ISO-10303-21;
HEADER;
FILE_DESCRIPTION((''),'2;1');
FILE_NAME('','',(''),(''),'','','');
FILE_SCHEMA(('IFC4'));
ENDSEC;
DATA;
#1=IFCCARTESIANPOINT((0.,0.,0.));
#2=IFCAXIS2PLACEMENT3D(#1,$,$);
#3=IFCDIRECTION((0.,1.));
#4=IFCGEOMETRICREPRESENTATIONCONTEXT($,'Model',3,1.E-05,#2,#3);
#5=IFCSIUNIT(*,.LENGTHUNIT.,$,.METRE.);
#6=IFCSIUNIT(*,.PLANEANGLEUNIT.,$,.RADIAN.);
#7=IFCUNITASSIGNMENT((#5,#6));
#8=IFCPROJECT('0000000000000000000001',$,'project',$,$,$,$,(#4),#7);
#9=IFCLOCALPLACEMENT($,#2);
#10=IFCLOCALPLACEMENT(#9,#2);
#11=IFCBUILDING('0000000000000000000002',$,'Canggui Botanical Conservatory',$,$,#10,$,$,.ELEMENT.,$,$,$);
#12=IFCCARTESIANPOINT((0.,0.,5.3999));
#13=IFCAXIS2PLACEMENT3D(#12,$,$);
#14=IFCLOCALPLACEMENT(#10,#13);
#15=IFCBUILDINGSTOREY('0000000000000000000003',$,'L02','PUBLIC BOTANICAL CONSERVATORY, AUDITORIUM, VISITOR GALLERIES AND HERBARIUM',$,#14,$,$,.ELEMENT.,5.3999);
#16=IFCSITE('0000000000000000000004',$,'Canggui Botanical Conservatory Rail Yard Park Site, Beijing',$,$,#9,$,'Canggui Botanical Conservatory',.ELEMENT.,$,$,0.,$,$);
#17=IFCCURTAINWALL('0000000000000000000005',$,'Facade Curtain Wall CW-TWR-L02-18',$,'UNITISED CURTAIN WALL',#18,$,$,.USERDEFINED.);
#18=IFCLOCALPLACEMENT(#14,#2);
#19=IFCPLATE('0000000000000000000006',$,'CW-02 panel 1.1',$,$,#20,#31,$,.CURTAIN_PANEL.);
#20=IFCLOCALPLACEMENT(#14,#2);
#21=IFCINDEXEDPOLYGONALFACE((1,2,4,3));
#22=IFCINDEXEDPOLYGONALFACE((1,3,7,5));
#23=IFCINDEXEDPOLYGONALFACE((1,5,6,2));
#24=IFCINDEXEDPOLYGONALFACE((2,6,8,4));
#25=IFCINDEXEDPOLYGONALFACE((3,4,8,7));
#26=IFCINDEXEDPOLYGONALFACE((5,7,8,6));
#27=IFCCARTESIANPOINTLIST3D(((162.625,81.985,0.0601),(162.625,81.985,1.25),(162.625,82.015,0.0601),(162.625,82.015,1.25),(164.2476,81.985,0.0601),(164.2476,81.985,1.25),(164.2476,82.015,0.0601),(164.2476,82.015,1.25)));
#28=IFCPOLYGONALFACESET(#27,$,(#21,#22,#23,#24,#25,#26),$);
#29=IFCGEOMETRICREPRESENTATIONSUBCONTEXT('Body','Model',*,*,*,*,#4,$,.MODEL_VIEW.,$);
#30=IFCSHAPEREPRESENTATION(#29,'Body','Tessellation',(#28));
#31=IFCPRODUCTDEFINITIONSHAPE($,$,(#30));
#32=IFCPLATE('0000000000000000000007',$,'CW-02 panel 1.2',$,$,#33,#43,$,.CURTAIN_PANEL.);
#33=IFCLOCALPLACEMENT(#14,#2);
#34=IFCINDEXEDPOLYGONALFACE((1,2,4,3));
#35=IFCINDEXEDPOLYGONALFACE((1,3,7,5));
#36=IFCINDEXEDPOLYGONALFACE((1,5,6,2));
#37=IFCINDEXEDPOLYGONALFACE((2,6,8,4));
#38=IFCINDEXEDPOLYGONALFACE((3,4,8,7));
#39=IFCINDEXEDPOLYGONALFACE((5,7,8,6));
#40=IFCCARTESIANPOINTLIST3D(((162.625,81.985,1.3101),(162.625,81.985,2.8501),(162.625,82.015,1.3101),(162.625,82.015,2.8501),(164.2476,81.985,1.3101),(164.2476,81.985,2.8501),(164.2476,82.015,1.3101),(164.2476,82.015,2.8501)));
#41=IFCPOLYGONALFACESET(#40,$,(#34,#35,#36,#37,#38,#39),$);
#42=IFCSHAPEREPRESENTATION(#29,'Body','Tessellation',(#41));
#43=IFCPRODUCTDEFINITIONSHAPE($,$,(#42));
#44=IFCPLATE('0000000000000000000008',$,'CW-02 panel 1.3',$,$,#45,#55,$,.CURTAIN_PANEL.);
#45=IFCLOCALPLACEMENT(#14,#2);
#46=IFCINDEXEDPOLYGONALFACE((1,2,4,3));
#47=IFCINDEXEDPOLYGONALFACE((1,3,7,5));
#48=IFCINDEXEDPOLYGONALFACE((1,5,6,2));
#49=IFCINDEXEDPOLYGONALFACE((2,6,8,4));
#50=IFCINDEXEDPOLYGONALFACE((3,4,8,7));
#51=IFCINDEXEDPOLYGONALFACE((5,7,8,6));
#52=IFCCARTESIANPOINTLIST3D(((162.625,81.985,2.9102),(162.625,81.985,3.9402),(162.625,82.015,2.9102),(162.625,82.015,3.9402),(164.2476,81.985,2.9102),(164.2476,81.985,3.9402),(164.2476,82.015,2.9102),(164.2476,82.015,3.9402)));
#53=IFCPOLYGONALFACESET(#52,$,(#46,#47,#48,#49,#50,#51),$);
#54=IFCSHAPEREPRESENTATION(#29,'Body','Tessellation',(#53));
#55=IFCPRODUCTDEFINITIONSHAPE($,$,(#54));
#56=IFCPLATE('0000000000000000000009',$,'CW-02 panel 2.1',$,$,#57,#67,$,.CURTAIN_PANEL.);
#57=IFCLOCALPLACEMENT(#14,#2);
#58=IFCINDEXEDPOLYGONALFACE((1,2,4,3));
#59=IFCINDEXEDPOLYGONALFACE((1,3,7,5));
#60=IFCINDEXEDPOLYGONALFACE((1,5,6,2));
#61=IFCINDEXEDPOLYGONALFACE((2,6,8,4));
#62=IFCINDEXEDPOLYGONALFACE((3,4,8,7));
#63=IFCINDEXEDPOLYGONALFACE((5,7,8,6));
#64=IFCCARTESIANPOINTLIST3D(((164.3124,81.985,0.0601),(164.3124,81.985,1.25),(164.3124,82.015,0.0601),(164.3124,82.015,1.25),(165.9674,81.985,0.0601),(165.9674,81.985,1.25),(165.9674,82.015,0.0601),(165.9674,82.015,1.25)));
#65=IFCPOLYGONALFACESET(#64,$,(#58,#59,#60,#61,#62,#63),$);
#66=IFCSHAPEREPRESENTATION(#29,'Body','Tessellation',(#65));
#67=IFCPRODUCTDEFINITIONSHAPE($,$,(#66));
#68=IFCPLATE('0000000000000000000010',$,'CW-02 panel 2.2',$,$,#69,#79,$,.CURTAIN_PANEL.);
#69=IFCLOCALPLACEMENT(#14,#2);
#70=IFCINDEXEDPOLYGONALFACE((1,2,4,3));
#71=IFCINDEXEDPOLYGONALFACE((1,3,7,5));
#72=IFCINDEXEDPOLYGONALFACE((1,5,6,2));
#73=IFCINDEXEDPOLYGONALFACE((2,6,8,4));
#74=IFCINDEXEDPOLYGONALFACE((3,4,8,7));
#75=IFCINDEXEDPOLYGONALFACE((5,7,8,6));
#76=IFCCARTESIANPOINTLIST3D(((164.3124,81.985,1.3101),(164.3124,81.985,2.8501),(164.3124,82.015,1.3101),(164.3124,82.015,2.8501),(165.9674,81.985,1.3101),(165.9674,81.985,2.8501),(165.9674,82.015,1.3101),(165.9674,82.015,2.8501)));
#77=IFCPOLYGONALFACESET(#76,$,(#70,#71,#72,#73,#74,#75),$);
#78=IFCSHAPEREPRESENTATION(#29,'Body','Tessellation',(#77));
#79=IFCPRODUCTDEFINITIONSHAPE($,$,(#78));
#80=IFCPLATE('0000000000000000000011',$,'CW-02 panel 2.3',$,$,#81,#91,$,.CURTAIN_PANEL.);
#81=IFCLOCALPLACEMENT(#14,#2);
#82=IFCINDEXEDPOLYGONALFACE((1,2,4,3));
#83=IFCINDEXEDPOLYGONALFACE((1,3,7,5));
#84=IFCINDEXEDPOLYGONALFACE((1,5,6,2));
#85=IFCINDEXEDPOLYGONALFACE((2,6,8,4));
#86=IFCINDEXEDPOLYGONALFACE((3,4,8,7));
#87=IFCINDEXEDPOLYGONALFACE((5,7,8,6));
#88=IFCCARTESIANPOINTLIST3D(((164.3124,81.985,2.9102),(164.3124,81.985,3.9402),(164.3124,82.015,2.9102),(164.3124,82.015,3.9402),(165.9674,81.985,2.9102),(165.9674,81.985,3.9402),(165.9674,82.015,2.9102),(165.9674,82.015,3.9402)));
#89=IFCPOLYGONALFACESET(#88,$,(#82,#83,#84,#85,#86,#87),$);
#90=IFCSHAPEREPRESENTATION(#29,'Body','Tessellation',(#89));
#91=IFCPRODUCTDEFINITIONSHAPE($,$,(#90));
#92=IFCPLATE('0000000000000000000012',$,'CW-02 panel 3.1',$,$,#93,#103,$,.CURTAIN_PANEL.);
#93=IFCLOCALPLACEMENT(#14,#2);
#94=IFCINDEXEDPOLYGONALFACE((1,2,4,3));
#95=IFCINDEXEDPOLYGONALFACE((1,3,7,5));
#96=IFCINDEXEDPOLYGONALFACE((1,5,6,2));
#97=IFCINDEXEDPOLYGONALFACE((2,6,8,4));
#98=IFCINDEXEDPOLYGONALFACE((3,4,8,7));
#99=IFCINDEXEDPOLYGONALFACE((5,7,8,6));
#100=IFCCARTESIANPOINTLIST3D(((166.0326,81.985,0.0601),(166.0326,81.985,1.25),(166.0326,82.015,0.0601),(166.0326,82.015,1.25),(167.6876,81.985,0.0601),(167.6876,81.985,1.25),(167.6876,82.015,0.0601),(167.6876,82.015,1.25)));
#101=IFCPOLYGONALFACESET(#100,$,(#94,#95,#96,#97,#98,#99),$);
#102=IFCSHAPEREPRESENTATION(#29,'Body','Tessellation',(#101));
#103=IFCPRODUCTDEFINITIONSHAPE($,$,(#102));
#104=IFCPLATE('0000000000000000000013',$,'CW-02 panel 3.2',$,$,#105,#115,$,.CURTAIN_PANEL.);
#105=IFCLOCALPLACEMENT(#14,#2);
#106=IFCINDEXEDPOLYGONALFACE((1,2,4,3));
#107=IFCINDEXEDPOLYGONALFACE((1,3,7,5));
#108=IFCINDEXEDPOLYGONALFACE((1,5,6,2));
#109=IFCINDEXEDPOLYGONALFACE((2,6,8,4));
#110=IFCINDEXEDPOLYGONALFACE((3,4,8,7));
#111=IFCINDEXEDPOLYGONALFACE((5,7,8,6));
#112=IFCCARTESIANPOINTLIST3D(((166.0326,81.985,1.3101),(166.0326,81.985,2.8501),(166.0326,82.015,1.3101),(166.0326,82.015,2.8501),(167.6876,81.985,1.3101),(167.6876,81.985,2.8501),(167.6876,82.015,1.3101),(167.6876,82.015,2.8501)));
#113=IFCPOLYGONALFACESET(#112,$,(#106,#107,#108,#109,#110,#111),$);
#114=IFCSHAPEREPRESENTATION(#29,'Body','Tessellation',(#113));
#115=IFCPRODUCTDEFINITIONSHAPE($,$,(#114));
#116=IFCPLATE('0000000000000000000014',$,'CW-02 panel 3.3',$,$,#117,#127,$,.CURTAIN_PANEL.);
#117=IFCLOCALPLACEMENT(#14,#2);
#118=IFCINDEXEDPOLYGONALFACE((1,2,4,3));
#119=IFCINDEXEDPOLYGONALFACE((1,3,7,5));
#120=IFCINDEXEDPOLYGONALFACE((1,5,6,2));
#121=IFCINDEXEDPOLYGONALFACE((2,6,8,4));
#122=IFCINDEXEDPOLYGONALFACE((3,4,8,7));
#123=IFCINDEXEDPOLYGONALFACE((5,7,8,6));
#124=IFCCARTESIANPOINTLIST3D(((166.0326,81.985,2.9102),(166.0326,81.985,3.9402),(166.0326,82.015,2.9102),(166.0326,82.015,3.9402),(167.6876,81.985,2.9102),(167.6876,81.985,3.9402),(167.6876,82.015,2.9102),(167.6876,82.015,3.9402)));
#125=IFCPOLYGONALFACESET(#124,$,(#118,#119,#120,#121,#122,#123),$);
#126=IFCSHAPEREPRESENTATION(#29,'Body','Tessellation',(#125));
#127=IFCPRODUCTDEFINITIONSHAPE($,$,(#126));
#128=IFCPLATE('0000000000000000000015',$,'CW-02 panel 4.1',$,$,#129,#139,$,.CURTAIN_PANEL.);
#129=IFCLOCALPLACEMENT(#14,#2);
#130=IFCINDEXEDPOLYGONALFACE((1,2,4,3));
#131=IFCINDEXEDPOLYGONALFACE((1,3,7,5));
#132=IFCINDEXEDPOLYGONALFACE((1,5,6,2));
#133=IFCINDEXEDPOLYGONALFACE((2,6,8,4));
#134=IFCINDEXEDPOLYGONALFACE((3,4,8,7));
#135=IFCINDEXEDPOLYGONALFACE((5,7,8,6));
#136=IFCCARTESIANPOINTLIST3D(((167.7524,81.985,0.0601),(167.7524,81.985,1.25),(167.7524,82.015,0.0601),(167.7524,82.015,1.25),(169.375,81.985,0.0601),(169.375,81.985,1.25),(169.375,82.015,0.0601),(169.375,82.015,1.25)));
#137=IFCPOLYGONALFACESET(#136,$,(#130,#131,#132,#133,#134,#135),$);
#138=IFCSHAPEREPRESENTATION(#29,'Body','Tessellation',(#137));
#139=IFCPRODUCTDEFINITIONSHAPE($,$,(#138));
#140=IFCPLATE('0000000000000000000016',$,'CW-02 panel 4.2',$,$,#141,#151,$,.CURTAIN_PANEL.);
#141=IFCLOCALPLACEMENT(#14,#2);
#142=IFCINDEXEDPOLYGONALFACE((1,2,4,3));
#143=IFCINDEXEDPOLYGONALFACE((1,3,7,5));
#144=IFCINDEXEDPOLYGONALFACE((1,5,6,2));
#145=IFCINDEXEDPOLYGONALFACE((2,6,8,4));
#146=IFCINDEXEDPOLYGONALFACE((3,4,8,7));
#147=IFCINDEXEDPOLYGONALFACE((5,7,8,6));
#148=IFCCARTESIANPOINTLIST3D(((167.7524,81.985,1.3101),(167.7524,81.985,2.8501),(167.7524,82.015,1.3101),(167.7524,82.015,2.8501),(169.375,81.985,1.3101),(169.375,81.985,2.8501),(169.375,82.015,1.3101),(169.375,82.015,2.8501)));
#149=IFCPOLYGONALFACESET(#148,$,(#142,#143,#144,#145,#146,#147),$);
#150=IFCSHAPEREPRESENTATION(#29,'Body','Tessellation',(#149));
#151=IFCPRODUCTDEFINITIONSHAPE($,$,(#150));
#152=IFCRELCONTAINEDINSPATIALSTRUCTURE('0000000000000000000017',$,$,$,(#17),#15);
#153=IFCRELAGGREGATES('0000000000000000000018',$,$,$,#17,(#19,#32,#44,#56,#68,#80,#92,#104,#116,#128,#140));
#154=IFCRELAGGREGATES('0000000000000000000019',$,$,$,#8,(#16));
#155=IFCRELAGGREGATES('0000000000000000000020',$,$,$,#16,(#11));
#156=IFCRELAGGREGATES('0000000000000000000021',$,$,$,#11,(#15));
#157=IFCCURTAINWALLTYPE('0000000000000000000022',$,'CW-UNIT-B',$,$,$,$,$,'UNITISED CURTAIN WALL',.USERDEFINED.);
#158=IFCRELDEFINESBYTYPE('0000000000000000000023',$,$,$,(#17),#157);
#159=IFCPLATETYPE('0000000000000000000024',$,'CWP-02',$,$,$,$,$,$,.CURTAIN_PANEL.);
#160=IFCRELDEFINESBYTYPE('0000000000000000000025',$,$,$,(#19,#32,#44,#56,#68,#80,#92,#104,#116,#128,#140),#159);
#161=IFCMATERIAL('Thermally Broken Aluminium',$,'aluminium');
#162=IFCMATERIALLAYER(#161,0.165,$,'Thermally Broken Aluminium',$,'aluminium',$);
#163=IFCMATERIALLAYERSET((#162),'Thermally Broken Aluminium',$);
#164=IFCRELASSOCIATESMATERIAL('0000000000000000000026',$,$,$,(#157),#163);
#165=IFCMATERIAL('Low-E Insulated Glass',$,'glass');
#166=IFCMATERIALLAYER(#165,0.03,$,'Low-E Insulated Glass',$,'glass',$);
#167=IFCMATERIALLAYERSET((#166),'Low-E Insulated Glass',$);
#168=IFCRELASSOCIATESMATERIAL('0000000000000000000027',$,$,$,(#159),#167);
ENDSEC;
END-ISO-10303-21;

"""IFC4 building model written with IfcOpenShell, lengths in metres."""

from ifc_helpers import new_model, si_unit, direction, frame, origin, origin_2d, place, context, subcontext, project, spatial, rectangle, extrude, material, layer, layer_set, type_object, element, aggregate, save


model = new_model("IFC4")

# Units and contexts
model_context = context("Model", 3, precision=1e-05, world=origin(), true_north=direction((0.0, 1.0)))
body_context = subcontext(model_context, "Body", "Model", "MODEL_VIEW")
ifc_project = project(units=[si_unit("LENGTHUNIT", "METRE"), si_unit("PLANEANGLEUNIT", "RADIAN")], contexts=[model_context])

# Site, building, storey
site_placement = place(None, origin())
site = spatial("IfcSite", under=ifc_project, at=site_placement, Name="Canggui Botanical Conservatory Rail Yard Park Site, Beijing", LongName="Canggui Botanical Conservatory", CompositionType="ELEMENT", RefElevation=0.0)
building_placement = place(site_placement, origin())
building = spatial("IfcBuilding", under=site, at=building_placement, Name="Canggui Botanical Conservatory", CompositionType="ELEMENT")
storey_placement = place(building_placement, frame((0.0, 0.0, 5.3999)))
storey = spatial("IfcBuildingStorey", under=building, at=storey_placement, Name="L02", Description="PUBLIC BOTANICAL CONSERVATORY, AUDITORIUM, VISITOR GALLERIES AND HERBARIUM", CompositionType="ELEMENT", Elevation=5.3999)

# Curtain wall, plates
ifc_material_1 = material(Name="Thermally Broken Aluminium", Category="aluminium")
ifc_layer_1 = layer(ifc_material_1, 0.165, Name="Thermally Broken Aluminium", Category="aluminium")
ifc_layer_set_1 = layer_set([ifc_layer_1], Name="Thermally Broken Aluminium")
curtain_wall_type = type_object("IfcCurtainWallType", Name="CW-UNIT-B", ElementType="UNITISED CURTAIN WALL", PredefinedType="USERDEFINED", material=ifc_layer_set_1)
curtain_wall_placement = place(storey_placement, origin())
curtain_wall = element("IfcCurtainWall", 1, at=curtain_wall_placement, inside=storey, type_object=curtain_wall_type, Name="Facade Curtain Wall CW-TWR-L02-18", ObjectType="UNITISED CURTAIN WALL", PredefinedType="USERDEFINED")
ifc_material_2 = material(Name="Low-E Insulated Glass", Category="glass")
ifc_layer_2 = layer(ifc_material_2, 0.03, Name="Low-E Insulated Glass", Category="glass")
ifc_layer_set_2 = layer_set([ifc_layer_2], Name="Low-E Insulated Glass")
plate_type = type_object("IfcPlateType", Name="CWP-02", PredefinedType="CURTAIN_PANEL", material=ifc_layer_set_2)
plate_1_placement = place(storey_placement, frame((163.4363, 82.0, 0.0601), z_axis=(0.0, 0.0, 1.0), x_axis=(1.0, 0.0, 0.0)))
plate_1 = element("IfcPlate", 2, at=plate_1_placement, type_object=plate_type, Name="CW-02 panel 1.1", PredefinedType="CURTAIN_PANEL", context=body_context, shape_type="SweptSolid", body=[
    extrude(rectangle(XDim=1.6226, YDim=0.03, at=origin_2d()), origin(), (0.0, 0.0, 1.0), 1.1899),
])
plate_2_placement = place(storey_placement, frame((163.4363, 82.0, 1.3101), z_axis=(0.0, 0.0, 1.0), x_axis=(1.0, 0.0, 0.0)))
plate_2 = element("IfcPlate", 3, at=plate_2_placement, type_object=plate_type, Name="CW-02 panel 1.2", PredefinedType="CURTAIN_PANEL", context=body_context, shape_type="SweptSolid", body=[
    extrude(rectangle(XDim=1.6226, YDim=0.03, at=origin_2d()), origin(), (0.0, 0.0, 1.0), 1.54),
])
plate_3_placement = place(storey_placement, frame((163.4363, 82.0, 2.9102), z_axis=(0.0, 0.0, 1.0), x_axis=(1.0, 0.0, 0.0)))
plate_3 = element("IfcPlate", 4, at=plate_3_placement, type_object=plate_type, Name="CW-02 panel 1.3", PredefinedType="CURTAIN_PANEL", context=body_context, shape_type="SweptSolid", body=[
    extrude(rectangle(XDim=1.6226, YDim=0.03, at=origin_2d()), origin(), (0.0, 0.0, 1.0), 1.03),
])
plate_4_placement = place(storey_placement, frame((165.1399, 82.0, 0.0601), z_axis=(0.0, 0.0, 1.0), x_axis=(1.0, 0.0, 0.0)))
plate_4 = element("IfcPlate", 5, at=plate_4_placement, type_object=plate_type, Name="CW-02 panel 2.1", PredefinedType="CURTAIN_PANEL", context=body_context, shape_type="SweptSolid", body=[
    extrude(rectangle(XDim=1.655, YDim=0.03, at=origin_2d()), origin(), (0.0, 0.0, 1.0), 1.1899),
])
plate_5_placement = place(storey_placement, frame((165.1399, 82.0, 1.3101), z_axis=(0.0, 0.0, 1.0), x_axis=(1.0, 0.0, 0.0)))
plate_5 = element("IfcPlate", 6, at=plate_5_placement, type_object=plate_type, Name="CW-02 panel 2.2", PredefinedType="CURTAIN_PANEL", context=body_context, shape_type="SweptSolid", body=[
    extrude(rectangle(XDim=1.655, YDim=0.03, at=origin_2d()), origin(), (0.0, 0.0, 1.0), 1.54),
])
plate_6_placement = place(storey_placement, frame((165.1399, 82.0, 2.9102), z_axis=(0.0, 0.0, 1.0), x_axis=(1.0, 0.0, 0.0)))
plate_6 = element("IfcPlate", 7, at=plate_6_placement, type_object=plate_type, Name="CW-02 panel 2.3", PredefinedType="CURTAIN_PANEL", context=body_context, shape_type="SweptSolid", body=[
    extrude(rectangle(XDim=1.655, YDim=0.03, at=origin_2d()), origin(), (0.0, 0.0, 1.0), 1.03),
])
plate_7_placement = place(storey_placement, frame((166.8601, 82.0, 0.0601), z_axis=(0.0, 0.0, 1.0), x_axis=(1.0, 0.0, 0.0)))
plate_7 = element("IfcPlate", 8, at=plate_7_placement, type_object=plate_type, Name="CW-02 panel 3.1", PredefinedType="CURTAIN_PANEL", context=body_context, shape_type="SweptSolid", body=[
    extrude(rectangle(XDim=1.655, YDim=0.03, at=origin_2d()), origin(), (0.0, 0.0, 1.0), 1.1899),
])
plate_8_placement = place(storey_placement, frame((166.8601, 82.0, 1.3101), z_axis=(0.0, 0.0, 1.0), x_axis=(1.0, 0.0, 0.0)))
plate_8 = element("IfcPlate", 9, at=plate_8_placement, type_object=plate_type, Name="CW-02 panel 3.2", PredefinedType="CURTAIN_PANEL", context=body_context, shape_type="SweptSolid", body=[
    extrude(rectangle(XDim=1.655, YDim=0.03, at=origin_2d()), origin(), (0.0, 0.0, 1.0), 1.54),
])
plate_9_placement = place(storey_placement, frame((166.8601, 82.0, 2.9102), z_axis=(0.0, 0.0, 1.0), x_axis=(1.0, 0.0, 0.0)))
plate_9 = element("IfcPlate", 10, at=plate_9_placement, type_object=plate_type, Name="CW-02 panel 3.3", PredefinedType="CURTAIN_PANEL", context=body_context, shape_type="SweptSolid", body=[
    extrude(rectangle(XDim=1.655, YDim=0.03, at=origin_2d()), origin(), (0.0, 0.0, 1.0), 1.03),
])
plate_10_placement = place(storey_placement, frame((168.5637, 82.0, 0.0601), z_axis=(0.0, 0.0, 1.0), x_axis=(1.0, 0.0, 0.0)))
plate_10 = element("IfcPlate", 11, at=plate_10_placement, type_object=plate_type, Name="CW-02 panel 4.1", PredefinedType="CURTAIN_PANEL", context=body_context, shape_type="SweptSolid", body=[
    extrude(rectangle(XDim=1.6226, YDim=0.03, at=origin_2d()), origin(), (0.0, 0.0, 1.0), 1.1899),
])
plate_11_placement = place(storey_placement, frame((168.5637, 82.0, 1.3101), z_axis=(0.0, 0.0, 1.0), x_axis=(1.0, 0.0, 0.0)))
plate_11 = element("IfcPlate", 12, at=plate_11_placement, type_object=plate_type, Name="CW-02 panel 4.2", PredefinedType="CURTAIN_PANEL", context=body_context, shape_type="SweptSolid", body=[
    extrude(rectangle(XDim=1.6226, YDim=0.03, at=origin_2d()), origin(), (0.0, 0.0, 1.0), 1.54),
])
aggregate(curtain_wall, [plate_1, plate_2, plate_3, plate_4, plate_5, plate_6, plate_7, plate_8, plate_9, plate_10, plate_11])

save(model, "model.ifc")
